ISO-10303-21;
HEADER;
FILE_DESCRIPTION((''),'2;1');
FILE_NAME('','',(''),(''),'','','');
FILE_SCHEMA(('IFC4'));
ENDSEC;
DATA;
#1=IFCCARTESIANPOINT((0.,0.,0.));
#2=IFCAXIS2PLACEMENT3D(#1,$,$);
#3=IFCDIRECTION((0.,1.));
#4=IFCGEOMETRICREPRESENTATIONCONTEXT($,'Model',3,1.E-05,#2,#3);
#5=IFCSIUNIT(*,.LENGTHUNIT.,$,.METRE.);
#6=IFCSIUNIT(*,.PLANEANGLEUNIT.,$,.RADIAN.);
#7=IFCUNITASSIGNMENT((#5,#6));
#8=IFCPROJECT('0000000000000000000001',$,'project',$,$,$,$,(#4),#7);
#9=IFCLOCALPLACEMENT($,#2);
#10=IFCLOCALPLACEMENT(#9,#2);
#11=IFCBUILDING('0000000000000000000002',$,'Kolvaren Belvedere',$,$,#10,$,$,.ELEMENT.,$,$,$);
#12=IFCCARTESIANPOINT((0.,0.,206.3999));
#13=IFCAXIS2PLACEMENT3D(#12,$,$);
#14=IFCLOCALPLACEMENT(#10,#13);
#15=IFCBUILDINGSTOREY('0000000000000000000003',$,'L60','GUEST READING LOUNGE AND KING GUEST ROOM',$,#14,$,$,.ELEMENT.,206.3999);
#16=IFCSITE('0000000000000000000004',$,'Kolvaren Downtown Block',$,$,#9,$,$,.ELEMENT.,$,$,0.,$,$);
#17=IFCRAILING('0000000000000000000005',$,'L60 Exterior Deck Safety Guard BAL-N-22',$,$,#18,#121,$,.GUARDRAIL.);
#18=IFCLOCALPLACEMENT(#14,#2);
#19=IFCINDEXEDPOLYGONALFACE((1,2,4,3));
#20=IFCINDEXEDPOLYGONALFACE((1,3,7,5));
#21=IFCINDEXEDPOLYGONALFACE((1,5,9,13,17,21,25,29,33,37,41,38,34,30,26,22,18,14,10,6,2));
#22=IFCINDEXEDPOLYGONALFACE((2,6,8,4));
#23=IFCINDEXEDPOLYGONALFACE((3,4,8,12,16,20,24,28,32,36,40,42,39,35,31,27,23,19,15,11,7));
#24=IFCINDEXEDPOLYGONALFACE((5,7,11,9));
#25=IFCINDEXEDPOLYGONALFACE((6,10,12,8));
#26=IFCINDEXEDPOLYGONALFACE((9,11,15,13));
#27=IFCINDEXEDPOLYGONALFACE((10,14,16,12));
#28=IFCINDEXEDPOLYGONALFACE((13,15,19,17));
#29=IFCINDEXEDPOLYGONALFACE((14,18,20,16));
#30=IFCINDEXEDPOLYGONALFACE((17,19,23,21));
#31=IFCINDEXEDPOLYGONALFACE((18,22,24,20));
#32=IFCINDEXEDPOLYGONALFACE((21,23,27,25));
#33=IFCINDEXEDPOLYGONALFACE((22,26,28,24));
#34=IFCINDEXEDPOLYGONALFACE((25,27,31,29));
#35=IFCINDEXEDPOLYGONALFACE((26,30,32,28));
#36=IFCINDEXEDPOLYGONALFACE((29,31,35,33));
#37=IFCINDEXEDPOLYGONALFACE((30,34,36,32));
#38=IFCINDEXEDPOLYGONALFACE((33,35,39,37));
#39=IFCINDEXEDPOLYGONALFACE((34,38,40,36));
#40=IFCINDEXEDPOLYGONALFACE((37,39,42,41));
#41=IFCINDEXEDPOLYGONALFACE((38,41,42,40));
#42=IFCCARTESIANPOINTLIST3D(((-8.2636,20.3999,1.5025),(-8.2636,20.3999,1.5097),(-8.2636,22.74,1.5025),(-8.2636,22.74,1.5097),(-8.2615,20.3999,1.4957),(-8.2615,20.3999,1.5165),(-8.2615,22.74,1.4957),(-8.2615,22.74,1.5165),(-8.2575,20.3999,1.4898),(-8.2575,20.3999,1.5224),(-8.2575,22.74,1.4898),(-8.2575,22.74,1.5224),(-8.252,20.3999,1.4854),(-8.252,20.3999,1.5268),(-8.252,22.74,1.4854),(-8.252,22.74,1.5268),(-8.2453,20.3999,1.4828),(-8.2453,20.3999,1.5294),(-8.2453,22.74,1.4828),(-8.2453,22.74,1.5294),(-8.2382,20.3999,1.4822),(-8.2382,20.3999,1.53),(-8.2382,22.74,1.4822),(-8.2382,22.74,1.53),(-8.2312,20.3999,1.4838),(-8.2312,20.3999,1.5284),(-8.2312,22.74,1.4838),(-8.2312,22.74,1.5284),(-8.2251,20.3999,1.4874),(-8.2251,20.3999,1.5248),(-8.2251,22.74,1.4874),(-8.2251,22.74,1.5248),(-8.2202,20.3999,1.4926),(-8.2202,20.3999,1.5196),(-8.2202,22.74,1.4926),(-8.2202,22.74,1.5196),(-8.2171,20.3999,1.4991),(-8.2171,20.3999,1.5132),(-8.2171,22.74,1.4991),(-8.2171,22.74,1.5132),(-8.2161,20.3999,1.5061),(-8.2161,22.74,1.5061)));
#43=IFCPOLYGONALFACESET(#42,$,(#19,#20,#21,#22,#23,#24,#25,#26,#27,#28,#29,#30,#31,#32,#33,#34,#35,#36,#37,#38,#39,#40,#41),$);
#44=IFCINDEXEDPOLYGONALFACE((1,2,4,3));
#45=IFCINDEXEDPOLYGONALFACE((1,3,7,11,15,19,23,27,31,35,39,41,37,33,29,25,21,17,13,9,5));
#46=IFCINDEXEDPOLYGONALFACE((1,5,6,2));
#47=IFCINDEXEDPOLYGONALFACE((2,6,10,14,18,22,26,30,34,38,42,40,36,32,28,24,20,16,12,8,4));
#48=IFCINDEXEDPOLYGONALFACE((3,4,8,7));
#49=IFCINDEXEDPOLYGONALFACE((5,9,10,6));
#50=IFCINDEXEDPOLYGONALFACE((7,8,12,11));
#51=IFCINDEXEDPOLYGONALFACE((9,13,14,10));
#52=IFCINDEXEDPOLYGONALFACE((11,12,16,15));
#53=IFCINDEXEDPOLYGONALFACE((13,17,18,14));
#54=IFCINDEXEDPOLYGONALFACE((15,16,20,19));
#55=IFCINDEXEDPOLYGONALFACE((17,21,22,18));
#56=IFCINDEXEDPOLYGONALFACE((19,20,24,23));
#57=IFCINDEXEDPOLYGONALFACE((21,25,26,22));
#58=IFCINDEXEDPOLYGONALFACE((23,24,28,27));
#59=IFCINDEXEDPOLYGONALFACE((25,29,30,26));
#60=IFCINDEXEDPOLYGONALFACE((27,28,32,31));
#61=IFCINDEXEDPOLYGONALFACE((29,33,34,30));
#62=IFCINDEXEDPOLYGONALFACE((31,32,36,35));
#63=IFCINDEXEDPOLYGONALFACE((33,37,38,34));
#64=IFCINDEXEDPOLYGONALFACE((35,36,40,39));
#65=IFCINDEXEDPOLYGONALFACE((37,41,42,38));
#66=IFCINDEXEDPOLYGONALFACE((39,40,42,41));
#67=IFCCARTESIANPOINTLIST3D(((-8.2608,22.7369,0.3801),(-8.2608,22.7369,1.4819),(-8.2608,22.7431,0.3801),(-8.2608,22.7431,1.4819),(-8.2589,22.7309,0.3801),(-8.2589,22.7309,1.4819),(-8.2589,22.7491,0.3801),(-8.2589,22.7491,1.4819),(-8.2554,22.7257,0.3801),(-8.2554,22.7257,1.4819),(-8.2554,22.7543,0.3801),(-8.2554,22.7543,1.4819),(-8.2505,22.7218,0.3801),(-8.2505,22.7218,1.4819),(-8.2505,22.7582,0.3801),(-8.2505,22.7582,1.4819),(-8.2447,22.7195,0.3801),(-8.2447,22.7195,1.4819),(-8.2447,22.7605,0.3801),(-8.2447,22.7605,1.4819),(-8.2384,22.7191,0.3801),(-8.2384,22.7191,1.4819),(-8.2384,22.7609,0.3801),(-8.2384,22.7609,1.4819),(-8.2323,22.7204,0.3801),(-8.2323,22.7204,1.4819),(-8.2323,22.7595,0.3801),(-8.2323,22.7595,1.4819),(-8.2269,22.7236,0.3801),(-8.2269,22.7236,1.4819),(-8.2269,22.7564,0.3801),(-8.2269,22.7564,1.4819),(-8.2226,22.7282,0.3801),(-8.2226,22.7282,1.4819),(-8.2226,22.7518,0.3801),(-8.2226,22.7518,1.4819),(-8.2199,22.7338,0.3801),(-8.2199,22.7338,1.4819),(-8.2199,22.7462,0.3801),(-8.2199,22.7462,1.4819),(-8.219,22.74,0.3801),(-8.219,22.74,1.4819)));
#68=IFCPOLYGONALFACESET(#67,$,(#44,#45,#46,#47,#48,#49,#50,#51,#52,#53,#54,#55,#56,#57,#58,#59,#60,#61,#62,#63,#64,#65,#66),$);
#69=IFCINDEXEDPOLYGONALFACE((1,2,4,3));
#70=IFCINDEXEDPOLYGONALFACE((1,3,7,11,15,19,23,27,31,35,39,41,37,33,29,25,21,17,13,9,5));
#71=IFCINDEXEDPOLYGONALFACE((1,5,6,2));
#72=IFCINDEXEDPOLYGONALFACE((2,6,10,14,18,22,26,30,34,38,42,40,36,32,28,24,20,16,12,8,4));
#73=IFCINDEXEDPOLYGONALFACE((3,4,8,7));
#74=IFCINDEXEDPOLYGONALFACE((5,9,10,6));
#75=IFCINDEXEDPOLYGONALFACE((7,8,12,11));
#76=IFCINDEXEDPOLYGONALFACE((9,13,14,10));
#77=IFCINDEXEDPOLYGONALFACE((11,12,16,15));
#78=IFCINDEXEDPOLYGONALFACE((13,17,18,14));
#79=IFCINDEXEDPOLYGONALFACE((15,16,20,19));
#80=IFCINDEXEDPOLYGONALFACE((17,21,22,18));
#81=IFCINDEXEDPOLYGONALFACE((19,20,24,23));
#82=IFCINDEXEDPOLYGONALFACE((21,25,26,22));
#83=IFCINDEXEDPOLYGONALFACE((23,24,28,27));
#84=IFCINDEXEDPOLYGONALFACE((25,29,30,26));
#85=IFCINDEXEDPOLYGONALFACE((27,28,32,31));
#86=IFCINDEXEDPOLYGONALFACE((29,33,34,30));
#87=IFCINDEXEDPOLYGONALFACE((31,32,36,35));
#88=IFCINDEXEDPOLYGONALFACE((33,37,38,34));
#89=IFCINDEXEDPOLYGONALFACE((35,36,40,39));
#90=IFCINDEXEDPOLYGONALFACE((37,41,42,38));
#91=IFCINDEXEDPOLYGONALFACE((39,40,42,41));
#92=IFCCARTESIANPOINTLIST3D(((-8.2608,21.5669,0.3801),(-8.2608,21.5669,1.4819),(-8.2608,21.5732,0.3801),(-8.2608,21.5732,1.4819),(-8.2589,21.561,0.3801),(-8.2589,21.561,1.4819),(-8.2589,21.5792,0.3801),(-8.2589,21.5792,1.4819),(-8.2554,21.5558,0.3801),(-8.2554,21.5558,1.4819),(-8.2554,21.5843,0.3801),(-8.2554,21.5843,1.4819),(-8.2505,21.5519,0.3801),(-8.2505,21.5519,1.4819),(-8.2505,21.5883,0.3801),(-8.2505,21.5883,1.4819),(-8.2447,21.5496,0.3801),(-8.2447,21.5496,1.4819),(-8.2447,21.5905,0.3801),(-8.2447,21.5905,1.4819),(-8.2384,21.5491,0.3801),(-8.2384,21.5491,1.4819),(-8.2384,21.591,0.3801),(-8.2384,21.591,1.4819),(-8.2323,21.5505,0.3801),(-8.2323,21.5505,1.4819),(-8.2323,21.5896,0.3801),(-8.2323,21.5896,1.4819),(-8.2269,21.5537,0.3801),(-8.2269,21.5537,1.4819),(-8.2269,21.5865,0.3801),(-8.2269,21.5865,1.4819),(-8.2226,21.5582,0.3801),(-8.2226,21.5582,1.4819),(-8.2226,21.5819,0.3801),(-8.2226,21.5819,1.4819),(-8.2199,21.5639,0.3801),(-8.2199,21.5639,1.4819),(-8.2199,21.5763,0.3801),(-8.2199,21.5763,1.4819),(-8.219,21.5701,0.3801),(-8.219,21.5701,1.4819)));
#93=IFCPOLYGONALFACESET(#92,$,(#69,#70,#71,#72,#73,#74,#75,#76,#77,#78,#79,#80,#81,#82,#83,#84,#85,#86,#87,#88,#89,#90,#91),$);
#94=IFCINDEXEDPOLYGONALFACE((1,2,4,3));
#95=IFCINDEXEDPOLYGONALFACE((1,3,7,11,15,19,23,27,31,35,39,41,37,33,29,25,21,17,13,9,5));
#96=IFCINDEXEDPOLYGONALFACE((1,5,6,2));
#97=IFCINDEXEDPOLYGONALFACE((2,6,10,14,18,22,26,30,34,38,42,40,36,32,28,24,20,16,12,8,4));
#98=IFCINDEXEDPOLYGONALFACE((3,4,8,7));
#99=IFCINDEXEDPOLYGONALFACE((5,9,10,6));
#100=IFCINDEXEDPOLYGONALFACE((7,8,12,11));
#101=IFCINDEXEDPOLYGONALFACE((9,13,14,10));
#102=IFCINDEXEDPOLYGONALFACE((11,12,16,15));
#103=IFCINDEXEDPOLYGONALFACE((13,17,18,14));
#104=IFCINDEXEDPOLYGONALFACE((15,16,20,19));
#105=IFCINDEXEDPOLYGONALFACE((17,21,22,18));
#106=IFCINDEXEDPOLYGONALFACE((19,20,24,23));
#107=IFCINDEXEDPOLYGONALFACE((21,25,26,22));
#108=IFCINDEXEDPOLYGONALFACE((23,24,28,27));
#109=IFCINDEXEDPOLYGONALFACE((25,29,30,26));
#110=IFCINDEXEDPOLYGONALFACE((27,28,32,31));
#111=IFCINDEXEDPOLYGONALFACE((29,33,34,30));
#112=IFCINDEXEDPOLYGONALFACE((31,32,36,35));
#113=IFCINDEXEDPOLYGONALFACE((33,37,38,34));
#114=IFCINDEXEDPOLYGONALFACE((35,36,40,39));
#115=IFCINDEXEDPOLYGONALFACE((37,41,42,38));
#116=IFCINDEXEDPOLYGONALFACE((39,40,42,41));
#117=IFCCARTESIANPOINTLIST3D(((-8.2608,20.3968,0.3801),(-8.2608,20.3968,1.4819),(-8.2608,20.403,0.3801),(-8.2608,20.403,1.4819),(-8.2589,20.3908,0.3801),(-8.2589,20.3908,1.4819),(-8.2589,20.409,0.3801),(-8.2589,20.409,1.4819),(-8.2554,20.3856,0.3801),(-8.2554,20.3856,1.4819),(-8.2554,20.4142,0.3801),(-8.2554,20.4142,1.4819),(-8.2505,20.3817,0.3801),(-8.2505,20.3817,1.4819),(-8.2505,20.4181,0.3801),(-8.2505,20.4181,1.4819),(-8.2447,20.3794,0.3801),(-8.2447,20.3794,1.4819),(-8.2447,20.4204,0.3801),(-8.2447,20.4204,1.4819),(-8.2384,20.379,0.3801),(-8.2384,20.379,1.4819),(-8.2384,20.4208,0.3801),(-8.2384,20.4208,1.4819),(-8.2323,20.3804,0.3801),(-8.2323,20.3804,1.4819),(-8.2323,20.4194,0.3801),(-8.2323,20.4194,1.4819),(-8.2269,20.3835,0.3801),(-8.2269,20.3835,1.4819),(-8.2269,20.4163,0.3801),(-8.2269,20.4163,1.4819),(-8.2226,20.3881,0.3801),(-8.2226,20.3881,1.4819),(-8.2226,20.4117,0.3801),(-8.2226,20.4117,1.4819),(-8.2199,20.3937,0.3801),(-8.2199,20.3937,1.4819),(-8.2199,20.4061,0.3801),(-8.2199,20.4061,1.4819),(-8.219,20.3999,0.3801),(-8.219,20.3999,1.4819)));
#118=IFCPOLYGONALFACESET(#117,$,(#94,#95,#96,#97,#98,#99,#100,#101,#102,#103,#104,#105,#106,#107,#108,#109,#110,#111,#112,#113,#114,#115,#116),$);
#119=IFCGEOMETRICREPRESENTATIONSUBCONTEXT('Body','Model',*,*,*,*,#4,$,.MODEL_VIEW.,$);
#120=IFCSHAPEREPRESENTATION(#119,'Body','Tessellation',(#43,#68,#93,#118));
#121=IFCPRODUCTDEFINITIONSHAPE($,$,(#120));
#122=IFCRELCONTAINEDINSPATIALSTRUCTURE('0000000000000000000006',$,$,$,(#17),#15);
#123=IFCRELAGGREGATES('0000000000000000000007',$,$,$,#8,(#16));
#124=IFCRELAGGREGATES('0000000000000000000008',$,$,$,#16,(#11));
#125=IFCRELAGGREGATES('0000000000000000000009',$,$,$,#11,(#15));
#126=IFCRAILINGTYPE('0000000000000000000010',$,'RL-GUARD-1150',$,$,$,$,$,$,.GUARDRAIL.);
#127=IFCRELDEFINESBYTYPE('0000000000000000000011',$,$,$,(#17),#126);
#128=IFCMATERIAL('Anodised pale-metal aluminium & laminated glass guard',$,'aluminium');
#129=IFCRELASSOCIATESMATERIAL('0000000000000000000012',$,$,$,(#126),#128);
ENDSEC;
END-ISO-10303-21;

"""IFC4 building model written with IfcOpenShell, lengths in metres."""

from ifc_helpers import new_model, si_unit, direction, frame, origin, origin_2d, place, context, subcontext, project, spatial, circle, extrude, material, type_object, element, save


model = new_model("IFC4")

# Units and contexts
model_context = context("Model", 3, precision=1e-05, world=origin(), true_north=direction((0.0, 1.0)))
body_context = subcontext(model_context, "Body", "Model", "MODEL_VIEW")
ifc_project = project(units=[si_unit("LENGTHUNIT", "METRE"), si_unit("PLANEANGLEUNIT", "RADIAN")], contexts=[model_context])

# Site, building, storey
site_placement = place(None, origin())
site = spatial("IfcSite", under=ifc_project, at=site_placement, Name="Kolvaren Downtown Block", CompositionType="ELEMENT", RefElevation=0.0)
building_placement = place(site_placement, origin())
building = spatial("IfcBuilding", under=site, at=building_placement, Name="Kolvaren Belvedere", CompositionType="ELEMENT")
storey_placement = place(building_placement, frame((0.0, 0.0, 206.3999)))
storey = spatial("IfcBuildingStorey", under=building, at=storey_placement, Name="L60", Description="GUEST READING LOUNGE AND KING GUEST ROOM", CompositionType="ELEMENT", Elevation=206.3999)

# Railing
ifc_material_1 = material(Name="Anodised pale-metal aluminium & laminated glass guard", Category="aluminium")
railing_type = type_object("IfcRailingType", Name="RL-GUARD-1150", PredefinedType="GUARDRAIL", material=ifc_material_1)
railing_1_placement = place(storey_placement, frame((-8.24, 22.74, 0.3801)))
element("IfcRailing", 1, at=railing_1_placement, inside=storey, type_object=railing_type, Name="L60 Exterior Deck Safety Guard BAL-N-22", PredefinedType="GUARDRAIL", context=body_context, shape_type="SweptSolid", body=[
    extrude(circle(Radius=0.0239, at=origin_2d()), frame((0.0, 0.0, 1.126), z_axis=(0.0, -1.0, 0.0), x_axis=(1.0, 0.0, 0.0)), (0.0, 0.0, 1.0), 2.3401),
    extrude(circle(Radius=0.021, at=origin_2d()), origin(), (0.0, 0.0, 1.0), 1.1018),
    extrude(circle(Radius=0.021, at=origin_2d()), frame((0.0, -1.1699, 0.0)), (0.0, 0.0, 1.0), 1.1018),
    extrude(circle(Radius=0.021, at=origin_2d()), frame((0.0, -2.3401, 0.0)), (0.0, 0.0, 1.0), 1.1018),
])

save(model, "model.ifc")
